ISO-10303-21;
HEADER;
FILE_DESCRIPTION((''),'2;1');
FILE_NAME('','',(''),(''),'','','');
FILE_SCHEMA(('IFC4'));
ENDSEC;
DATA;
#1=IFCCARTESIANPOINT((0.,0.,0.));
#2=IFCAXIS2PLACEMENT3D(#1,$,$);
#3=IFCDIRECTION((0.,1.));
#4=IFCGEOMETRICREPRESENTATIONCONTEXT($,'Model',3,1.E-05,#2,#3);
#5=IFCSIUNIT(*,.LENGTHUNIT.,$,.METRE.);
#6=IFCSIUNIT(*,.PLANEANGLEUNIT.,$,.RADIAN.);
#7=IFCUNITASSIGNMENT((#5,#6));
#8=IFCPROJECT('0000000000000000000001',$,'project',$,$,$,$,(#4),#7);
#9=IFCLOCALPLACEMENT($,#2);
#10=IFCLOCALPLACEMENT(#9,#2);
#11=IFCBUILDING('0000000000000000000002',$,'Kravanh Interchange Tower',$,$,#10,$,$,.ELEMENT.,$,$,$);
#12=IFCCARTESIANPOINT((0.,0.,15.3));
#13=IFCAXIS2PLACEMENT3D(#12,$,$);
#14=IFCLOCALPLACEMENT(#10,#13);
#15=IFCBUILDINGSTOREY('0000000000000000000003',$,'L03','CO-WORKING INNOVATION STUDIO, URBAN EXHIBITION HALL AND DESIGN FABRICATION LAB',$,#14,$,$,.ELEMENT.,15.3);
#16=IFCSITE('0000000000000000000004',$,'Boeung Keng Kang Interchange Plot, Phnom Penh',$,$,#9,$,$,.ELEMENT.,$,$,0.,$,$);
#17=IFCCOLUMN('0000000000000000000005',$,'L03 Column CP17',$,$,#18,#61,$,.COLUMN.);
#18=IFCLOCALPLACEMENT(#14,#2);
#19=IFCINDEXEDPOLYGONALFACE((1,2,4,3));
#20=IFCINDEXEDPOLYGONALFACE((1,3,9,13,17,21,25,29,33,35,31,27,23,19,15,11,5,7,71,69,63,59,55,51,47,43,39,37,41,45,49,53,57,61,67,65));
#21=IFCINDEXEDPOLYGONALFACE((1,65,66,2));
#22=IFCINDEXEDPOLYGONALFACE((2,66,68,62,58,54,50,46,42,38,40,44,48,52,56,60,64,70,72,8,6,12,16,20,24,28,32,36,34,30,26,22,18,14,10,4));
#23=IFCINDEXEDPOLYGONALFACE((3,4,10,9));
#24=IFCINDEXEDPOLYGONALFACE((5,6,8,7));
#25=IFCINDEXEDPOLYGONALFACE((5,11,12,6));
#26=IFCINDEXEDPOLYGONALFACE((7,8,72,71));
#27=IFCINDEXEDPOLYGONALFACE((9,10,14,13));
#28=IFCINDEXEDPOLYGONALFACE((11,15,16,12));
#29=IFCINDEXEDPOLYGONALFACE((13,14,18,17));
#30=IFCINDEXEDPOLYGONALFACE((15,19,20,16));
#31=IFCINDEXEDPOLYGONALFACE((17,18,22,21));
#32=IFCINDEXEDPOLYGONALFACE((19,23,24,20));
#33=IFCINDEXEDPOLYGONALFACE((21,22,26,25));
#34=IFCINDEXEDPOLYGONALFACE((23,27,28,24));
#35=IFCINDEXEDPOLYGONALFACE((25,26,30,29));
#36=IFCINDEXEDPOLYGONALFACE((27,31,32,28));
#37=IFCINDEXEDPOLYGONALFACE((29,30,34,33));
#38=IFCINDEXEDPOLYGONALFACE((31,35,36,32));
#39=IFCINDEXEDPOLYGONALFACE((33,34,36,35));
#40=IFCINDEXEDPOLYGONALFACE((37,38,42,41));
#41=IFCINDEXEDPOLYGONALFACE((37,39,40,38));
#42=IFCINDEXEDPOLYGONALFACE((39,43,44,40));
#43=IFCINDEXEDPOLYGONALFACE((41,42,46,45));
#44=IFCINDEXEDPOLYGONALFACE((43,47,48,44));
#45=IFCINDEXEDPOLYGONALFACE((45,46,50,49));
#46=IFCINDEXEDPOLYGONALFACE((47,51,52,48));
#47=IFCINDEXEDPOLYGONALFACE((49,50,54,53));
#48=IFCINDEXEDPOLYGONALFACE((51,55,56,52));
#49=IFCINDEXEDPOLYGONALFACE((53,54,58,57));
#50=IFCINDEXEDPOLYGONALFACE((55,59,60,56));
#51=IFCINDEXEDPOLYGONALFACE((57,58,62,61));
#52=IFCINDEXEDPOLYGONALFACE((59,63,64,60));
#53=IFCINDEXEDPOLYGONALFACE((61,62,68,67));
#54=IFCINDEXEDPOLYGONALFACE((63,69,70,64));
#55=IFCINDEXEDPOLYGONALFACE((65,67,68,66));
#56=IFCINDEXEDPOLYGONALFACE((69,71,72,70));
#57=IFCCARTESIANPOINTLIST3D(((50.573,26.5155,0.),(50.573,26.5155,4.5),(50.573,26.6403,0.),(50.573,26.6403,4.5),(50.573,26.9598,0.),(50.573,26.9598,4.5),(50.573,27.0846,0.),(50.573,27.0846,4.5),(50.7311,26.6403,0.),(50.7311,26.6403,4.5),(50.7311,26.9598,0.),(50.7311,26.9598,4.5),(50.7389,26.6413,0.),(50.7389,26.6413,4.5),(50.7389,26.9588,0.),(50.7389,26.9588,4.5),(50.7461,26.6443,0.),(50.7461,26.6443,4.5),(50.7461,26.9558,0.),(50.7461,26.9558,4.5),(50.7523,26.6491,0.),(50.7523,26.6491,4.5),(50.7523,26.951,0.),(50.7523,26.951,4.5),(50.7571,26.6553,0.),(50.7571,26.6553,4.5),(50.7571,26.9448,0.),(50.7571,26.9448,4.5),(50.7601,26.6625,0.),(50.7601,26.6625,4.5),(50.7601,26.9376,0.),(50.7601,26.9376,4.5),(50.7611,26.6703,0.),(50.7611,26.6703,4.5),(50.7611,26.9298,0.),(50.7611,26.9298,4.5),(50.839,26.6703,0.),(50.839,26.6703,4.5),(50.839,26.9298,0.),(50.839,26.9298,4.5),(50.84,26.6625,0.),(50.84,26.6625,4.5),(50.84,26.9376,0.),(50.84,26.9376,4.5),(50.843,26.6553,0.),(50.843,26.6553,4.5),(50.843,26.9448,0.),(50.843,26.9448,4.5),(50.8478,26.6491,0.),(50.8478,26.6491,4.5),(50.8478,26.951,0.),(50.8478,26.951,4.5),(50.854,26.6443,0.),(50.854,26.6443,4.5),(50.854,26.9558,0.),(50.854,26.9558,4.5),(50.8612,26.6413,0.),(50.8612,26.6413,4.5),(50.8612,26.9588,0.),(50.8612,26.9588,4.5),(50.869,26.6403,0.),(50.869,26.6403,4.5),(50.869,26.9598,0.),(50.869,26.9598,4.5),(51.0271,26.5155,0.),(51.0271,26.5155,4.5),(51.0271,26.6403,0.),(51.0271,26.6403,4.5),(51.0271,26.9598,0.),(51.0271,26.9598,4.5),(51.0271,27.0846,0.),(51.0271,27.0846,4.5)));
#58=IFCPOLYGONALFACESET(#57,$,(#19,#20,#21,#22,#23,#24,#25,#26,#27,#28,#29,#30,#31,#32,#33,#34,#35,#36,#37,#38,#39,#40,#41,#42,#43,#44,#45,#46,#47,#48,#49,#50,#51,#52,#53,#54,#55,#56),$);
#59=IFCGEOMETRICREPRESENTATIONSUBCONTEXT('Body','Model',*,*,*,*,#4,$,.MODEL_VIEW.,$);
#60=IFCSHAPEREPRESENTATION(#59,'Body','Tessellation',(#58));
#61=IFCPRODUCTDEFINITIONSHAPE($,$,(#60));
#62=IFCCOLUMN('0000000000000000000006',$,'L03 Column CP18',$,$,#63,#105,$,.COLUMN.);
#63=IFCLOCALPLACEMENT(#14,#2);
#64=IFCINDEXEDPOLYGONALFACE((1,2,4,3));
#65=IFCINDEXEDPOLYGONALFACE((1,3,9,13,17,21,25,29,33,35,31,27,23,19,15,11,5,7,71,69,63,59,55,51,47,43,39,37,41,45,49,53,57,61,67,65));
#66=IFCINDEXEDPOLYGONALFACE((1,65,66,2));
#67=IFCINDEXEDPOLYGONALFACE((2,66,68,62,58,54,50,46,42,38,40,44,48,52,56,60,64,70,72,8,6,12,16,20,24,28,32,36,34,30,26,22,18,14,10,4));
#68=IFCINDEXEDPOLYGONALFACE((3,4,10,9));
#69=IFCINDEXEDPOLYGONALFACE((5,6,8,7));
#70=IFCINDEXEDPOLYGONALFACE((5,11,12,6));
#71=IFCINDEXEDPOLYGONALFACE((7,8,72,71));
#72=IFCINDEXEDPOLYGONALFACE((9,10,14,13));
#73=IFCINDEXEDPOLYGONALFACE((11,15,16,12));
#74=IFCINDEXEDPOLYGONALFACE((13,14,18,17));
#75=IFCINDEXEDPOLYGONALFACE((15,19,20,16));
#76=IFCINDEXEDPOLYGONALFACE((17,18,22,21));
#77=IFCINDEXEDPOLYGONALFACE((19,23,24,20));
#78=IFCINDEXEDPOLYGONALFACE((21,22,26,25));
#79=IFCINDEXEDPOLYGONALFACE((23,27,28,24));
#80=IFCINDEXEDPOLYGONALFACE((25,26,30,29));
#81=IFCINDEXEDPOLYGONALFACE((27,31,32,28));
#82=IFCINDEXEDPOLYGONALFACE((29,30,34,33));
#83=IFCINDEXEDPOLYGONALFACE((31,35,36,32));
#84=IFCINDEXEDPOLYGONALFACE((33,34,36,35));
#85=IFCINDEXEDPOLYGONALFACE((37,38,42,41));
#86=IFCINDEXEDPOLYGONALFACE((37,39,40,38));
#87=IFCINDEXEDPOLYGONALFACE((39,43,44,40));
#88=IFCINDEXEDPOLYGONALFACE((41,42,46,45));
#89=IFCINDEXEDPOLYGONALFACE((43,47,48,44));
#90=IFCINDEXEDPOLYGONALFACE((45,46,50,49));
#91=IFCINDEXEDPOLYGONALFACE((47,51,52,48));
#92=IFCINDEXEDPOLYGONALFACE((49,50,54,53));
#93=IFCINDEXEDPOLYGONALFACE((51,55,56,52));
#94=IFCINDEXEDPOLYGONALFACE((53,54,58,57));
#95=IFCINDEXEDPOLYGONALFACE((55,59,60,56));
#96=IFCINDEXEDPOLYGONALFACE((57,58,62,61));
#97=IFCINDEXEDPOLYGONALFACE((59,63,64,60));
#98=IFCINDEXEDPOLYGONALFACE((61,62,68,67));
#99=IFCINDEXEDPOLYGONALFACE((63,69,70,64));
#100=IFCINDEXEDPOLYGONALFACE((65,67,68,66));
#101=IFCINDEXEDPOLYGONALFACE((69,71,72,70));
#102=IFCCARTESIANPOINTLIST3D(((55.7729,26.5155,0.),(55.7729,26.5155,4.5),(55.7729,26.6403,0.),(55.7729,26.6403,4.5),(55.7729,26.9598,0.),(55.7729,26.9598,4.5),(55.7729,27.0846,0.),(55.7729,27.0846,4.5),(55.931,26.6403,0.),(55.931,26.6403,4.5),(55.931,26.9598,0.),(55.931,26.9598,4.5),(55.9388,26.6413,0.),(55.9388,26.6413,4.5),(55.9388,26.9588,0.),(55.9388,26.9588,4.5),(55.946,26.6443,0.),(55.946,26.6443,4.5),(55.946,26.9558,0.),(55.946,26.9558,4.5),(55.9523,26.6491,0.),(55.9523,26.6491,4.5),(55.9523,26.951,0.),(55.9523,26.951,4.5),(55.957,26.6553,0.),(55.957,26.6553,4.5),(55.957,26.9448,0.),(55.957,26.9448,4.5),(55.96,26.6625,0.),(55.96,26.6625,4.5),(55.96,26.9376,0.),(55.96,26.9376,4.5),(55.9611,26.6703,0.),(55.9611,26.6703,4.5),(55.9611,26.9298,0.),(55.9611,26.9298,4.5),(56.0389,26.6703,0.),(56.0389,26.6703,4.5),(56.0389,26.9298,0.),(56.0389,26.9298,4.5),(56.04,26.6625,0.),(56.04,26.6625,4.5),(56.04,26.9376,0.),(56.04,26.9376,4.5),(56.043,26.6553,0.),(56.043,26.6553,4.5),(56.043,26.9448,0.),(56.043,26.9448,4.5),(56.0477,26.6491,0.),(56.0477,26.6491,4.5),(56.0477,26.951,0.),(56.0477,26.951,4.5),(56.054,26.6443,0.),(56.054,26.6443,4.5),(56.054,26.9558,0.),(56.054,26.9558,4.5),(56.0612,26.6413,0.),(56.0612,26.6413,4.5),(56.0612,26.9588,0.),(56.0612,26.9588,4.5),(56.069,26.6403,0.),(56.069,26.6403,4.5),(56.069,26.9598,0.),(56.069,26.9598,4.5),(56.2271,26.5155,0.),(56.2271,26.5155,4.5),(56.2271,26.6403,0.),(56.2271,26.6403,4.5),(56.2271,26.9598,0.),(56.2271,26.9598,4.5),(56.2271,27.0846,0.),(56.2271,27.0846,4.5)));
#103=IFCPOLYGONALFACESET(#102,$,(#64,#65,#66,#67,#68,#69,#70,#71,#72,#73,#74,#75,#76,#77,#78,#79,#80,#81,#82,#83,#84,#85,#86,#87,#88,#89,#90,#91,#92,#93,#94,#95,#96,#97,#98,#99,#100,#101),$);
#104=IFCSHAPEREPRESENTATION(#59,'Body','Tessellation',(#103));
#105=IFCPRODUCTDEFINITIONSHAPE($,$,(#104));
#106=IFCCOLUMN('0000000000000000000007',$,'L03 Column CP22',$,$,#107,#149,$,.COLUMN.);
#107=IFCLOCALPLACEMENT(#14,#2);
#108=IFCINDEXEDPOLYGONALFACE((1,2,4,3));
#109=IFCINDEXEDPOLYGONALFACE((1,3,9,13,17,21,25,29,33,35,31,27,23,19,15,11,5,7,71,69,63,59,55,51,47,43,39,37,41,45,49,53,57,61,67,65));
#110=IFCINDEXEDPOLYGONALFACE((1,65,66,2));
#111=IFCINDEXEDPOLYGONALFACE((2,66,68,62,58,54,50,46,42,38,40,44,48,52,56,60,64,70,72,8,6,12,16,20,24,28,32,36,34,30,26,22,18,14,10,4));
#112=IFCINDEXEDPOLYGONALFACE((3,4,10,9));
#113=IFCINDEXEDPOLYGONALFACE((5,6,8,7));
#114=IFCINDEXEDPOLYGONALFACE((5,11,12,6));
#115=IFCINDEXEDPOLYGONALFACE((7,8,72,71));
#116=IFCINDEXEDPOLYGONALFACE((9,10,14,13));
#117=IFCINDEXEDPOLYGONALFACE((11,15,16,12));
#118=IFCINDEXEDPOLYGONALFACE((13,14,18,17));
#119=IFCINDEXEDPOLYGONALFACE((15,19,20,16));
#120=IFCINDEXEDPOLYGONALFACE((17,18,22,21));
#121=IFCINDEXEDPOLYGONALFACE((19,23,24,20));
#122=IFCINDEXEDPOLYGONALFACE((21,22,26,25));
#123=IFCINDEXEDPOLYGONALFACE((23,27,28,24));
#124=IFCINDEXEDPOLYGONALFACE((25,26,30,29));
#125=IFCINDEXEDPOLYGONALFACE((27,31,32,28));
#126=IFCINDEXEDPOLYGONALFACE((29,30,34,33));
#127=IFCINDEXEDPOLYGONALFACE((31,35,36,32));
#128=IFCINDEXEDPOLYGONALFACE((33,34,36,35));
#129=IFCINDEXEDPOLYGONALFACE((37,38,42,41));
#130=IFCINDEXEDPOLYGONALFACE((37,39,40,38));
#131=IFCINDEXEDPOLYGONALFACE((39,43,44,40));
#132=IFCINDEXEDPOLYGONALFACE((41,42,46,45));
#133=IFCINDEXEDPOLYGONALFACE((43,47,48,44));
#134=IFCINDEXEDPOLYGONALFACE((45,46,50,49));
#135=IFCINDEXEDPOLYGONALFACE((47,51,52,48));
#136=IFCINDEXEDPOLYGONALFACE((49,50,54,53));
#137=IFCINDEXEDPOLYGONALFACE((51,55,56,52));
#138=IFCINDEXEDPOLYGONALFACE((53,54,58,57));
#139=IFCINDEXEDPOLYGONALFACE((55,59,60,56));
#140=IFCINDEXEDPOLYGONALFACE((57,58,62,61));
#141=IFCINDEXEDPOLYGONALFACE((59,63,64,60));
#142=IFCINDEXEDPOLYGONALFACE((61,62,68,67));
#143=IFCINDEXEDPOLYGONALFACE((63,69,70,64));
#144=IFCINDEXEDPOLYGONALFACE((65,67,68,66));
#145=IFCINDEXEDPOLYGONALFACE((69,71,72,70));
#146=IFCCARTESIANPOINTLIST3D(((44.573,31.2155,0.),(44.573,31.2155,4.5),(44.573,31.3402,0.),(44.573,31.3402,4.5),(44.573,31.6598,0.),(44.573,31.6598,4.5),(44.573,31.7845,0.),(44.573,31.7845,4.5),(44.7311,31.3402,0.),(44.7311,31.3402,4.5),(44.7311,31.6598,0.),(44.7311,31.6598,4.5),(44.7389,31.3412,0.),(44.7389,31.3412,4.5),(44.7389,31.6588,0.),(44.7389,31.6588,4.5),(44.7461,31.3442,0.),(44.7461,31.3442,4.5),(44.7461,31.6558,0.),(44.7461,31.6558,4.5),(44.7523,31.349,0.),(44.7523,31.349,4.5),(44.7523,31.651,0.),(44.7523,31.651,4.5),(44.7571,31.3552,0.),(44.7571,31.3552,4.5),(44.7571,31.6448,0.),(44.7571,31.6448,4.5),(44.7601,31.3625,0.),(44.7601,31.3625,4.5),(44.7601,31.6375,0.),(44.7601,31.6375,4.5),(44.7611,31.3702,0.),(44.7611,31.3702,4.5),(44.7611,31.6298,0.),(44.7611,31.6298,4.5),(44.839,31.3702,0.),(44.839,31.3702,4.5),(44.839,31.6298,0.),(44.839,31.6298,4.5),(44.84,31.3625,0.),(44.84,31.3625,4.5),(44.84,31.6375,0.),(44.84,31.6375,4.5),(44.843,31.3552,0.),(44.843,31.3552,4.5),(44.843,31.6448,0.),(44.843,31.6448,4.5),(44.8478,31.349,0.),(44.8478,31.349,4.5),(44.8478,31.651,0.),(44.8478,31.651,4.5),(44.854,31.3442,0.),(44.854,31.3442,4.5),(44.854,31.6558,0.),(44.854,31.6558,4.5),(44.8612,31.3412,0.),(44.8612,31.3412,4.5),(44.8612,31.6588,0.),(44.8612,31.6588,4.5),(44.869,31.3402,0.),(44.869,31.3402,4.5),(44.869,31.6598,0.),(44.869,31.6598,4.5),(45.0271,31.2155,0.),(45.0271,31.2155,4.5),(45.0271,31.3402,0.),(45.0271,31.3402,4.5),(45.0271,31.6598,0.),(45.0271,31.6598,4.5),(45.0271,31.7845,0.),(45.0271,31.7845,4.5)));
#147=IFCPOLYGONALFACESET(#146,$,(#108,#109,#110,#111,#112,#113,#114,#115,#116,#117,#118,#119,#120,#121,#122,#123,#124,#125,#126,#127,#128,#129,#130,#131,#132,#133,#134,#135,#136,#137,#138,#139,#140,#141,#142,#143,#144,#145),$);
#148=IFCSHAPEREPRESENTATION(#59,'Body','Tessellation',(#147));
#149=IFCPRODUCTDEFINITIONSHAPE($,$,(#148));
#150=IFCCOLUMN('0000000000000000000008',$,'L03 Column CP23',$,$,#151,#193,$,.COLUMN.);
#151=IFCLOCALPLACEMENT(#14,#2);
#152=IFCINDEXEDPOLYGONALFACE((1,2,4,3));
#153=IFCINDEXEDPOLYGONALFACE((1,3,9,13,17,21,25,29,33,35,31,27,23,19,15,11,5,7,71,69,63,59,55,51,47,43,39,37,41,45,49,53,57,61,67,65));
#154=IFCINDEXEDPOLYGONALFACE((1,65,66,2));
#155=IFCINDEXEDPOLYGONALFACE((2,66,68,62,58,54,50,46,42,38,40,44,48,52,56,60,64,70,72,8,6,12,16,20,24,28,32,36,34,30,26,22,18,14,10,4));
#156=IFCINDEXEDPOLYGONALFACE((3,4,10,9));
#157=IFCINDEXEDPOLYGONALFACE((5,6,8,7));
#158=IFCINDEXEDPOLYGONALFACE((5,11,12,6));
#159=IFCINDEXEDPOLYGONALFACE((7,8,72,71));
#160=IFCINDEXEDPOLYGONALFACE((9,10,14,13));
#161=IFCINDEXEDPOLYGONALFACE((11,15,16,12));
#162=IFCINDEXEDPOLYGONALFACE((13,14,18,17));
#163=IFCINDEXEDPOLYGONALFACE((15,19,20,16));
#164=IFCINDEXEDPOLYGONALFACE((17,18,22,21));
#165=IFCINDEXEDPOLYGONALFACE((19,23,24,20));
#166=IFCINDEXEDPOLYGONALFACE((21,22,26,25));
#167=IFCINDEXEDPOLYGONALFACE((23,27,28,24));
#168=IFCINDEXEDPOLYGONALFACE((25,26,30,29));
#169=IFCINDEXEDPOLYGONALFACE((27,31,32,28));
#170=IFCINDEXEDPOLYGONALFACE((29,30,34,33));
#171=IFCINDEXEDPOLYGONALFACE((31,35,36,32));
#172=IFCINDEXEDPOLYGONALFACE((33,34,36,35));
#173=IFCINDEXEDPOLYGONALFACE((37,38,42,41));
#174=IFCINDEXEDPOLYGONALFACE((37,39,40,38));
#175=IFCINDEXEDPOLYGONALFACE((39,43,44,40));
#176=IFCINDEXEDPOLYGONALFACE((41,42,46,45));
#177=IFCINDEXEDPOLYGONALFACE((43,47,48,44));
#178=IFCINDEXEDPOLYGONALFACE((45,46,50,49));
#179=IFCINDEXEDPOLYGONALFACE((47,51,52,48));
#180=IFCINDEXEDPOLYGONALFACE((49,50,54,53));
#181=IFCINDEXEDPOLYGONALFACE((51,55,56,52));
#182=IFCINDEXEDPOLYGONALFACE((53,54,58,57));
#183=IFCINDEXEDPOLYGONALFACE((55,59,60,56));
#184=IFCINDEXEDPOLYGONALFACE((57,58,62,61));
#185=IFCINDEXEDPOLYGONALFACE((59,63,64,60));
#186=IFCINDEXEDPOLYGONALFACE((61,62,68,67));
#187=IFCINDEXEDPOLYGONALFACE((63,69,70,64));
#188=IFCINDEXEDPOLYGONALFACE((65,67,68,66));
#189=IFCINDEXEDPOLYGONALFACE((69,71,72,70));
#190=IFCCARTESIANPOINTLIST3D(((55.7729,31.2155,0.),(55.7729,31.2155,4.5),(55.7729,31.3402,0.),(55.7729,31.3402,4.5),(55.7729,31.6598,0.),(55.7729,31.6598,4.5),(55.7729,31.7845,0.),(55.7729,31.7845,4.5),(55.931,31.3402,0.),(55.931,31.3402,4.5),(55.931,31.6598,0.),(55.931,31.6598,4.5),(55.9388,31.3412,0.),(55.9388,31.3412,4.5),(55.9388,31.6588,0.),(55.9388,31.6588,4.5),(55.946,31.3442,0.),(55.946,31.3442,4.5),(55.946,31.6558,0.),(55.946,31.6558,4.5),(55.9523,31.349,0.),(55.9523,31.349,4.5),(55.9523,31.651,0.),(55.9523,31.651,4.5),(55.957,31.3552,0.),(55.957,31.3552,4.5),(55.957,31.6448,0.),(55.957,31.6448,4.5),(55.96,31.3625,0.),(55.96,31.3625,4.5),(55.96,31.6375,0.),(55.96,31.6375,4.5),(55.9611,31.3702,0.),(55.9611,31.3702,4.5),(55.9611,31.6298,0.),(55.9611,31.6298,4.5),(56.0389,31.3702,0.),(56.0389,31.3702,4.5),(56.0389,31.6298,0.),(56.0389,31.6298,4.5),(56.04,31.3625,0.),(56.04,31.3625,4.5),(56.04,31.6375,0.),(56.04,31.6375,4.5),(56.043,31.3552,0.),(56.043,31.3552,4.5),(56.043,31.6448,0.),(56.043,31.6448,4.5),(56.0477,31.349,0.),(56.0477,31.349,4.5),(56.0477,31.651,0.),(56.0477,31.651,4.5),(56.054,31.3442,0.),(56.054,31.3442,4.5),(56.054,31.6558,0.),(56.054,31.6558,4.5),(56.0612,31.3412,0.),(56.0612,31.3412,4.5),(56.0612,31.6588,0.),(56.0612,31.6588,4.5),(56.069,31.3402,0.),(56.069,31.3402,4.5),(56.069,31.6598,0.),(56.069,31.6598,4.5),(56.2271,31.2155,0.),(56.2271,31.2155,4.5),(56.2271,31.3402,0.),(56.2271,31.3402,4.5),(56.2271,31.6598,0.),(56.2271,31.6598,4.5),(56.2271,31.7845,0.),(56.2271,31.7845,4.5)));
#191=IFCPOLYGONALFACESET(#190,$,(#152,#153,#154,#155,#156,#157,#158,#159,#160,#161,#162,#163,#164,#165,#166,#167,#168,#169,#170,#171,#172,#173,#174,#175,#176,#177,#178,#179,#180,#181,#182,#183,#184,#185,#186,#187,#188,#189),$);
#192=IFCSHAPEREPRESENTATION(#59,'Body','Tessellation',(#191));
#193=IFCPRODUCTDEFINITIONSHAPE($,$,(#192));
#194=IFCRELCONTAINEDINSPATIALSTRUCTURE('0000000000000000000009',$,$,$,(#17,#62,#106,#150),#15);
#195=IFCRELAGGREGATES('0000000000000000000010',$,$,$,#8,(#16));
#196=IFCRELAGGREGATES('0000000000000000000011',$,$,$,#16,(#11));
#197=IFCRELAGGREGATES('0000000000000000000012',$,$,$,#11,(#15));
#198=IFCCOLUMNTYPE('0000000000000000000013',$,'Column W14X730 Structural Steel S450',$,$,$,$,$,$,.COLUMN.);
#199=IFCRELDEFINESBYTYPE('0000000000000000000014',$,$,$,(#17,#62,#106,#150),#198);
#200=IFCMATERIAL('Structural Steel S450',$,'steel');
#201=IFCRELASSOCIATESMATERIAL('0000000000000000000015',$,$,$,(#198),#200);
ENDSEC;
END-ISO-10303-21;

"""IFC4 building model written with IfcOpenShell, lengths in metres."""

from ifc_helpers import new_model, si_unit, direction, frame, origin, origin_2d, place, context, subcontext, project, spatial, i_section, extrude, material, material_profile, profile_set, type_object, element, save


model = new_model("IFC4")

# Units and contexts
model_context = context("Model", 3, precision=1e-05, world=origin(), true_north=direction((0.0, 1.0)))
body_context = subcontext(model_context, "Body", "Model", "MODEL_VIEW")
ifc_project = project(units=[si_unit("LENGTHUNIT", "METRE"), si_unit("PLANEANGLEUNIT", "RADIAN")], contexts=[model_context])

# Site, building, storey
site_placement = place(None, origin())
site = spatial("IfcSite", under=ifc_project, at=site_placement, Name="Boeung Keng Kang Interchange Plot, Phnom Penh", CompositionType="ELEMENT", RefElevation=0.0)
building_placement = place(site_placement, origin())
building = spatial("IfcBuilding", under=site, at=building_placement, Name="Kravanh Interchange Tower", CompositionType="ELEMENT")
storey_placement = place(building_placement, frame((0.0, 0.0, 15.3)))
storey = spatial("IfcBuildingStorey", under=building, at=storey_placement, Name="L03", Description="CO-WORKING INNOVATION STUDIO, URBAN EXHIBITION HALL AND DESIGN FABRICATION LAB", CompositionType="ELEMENT", Elevation=15.3)

# Columns
ifc_material_1 = material(Name="Structural Steel S450", Category="steel")
ifc_material_profile_1 = material_profile(ifc_material_1, i_section(OverallWidth=0.4541, OverallDepth=0.5691, WebThickness=0.0779, FlangeThickness=0.1248, FilletRadius=0.03, at=origin_2d()), Name="W14X730")
ifc_profile_set_1 = profile_set([ifc_material_profile_1], Name="Structural Steel S450")
column_type = type_object("IfcColumnType", Name="Column W14X730 Structural Steel S450", PredefinedType="COLUMN", material=ifc_profile_set_1)
for number, where, z_axis, x_axis, name in (
    (1, (50.8, 26.8, 0.0), (0.0, 0.0, 1.0), (1.0, 0.0, 0.0), "L03 Column CP17"),
    (2, (56.0, 26.8, 0.0), (0.0, 0.0, 1.0), (1.0, 0.0, 0.0), "L03 Column CP18"),
    (3, (44.8, 31.5, 0.0), (0.0, 0.0, 1.0), (1.0, 0.0, 0.0), "L03 Column CP22"),
    (4, (56.0, 31.5, 0.0), (0.0, 0.0, 1.0), (1.0, 0.0, 0.0), "L03 Column CP23"),
):
    element("IfcColumn", number, at=place(storey_placement, frame(where, z_axis=z_axis, x_axis=x_axis)), inside=storey, type_object=column_type, Name=name, PredefinedType="COLUMN", context=body_context, shape_type="SweptSolid", body=[
        extrude(i_section(OverallWidth=0.4541, OverallDepth=0.5691, WebThickness=0.0779, FlangeThickness=0.1248, FilletRadius=0.03, at=origin_2d()), origin(), (0.0, 0.0, 1.0), 4.5),
    ])

save(model, "model.ifc")
